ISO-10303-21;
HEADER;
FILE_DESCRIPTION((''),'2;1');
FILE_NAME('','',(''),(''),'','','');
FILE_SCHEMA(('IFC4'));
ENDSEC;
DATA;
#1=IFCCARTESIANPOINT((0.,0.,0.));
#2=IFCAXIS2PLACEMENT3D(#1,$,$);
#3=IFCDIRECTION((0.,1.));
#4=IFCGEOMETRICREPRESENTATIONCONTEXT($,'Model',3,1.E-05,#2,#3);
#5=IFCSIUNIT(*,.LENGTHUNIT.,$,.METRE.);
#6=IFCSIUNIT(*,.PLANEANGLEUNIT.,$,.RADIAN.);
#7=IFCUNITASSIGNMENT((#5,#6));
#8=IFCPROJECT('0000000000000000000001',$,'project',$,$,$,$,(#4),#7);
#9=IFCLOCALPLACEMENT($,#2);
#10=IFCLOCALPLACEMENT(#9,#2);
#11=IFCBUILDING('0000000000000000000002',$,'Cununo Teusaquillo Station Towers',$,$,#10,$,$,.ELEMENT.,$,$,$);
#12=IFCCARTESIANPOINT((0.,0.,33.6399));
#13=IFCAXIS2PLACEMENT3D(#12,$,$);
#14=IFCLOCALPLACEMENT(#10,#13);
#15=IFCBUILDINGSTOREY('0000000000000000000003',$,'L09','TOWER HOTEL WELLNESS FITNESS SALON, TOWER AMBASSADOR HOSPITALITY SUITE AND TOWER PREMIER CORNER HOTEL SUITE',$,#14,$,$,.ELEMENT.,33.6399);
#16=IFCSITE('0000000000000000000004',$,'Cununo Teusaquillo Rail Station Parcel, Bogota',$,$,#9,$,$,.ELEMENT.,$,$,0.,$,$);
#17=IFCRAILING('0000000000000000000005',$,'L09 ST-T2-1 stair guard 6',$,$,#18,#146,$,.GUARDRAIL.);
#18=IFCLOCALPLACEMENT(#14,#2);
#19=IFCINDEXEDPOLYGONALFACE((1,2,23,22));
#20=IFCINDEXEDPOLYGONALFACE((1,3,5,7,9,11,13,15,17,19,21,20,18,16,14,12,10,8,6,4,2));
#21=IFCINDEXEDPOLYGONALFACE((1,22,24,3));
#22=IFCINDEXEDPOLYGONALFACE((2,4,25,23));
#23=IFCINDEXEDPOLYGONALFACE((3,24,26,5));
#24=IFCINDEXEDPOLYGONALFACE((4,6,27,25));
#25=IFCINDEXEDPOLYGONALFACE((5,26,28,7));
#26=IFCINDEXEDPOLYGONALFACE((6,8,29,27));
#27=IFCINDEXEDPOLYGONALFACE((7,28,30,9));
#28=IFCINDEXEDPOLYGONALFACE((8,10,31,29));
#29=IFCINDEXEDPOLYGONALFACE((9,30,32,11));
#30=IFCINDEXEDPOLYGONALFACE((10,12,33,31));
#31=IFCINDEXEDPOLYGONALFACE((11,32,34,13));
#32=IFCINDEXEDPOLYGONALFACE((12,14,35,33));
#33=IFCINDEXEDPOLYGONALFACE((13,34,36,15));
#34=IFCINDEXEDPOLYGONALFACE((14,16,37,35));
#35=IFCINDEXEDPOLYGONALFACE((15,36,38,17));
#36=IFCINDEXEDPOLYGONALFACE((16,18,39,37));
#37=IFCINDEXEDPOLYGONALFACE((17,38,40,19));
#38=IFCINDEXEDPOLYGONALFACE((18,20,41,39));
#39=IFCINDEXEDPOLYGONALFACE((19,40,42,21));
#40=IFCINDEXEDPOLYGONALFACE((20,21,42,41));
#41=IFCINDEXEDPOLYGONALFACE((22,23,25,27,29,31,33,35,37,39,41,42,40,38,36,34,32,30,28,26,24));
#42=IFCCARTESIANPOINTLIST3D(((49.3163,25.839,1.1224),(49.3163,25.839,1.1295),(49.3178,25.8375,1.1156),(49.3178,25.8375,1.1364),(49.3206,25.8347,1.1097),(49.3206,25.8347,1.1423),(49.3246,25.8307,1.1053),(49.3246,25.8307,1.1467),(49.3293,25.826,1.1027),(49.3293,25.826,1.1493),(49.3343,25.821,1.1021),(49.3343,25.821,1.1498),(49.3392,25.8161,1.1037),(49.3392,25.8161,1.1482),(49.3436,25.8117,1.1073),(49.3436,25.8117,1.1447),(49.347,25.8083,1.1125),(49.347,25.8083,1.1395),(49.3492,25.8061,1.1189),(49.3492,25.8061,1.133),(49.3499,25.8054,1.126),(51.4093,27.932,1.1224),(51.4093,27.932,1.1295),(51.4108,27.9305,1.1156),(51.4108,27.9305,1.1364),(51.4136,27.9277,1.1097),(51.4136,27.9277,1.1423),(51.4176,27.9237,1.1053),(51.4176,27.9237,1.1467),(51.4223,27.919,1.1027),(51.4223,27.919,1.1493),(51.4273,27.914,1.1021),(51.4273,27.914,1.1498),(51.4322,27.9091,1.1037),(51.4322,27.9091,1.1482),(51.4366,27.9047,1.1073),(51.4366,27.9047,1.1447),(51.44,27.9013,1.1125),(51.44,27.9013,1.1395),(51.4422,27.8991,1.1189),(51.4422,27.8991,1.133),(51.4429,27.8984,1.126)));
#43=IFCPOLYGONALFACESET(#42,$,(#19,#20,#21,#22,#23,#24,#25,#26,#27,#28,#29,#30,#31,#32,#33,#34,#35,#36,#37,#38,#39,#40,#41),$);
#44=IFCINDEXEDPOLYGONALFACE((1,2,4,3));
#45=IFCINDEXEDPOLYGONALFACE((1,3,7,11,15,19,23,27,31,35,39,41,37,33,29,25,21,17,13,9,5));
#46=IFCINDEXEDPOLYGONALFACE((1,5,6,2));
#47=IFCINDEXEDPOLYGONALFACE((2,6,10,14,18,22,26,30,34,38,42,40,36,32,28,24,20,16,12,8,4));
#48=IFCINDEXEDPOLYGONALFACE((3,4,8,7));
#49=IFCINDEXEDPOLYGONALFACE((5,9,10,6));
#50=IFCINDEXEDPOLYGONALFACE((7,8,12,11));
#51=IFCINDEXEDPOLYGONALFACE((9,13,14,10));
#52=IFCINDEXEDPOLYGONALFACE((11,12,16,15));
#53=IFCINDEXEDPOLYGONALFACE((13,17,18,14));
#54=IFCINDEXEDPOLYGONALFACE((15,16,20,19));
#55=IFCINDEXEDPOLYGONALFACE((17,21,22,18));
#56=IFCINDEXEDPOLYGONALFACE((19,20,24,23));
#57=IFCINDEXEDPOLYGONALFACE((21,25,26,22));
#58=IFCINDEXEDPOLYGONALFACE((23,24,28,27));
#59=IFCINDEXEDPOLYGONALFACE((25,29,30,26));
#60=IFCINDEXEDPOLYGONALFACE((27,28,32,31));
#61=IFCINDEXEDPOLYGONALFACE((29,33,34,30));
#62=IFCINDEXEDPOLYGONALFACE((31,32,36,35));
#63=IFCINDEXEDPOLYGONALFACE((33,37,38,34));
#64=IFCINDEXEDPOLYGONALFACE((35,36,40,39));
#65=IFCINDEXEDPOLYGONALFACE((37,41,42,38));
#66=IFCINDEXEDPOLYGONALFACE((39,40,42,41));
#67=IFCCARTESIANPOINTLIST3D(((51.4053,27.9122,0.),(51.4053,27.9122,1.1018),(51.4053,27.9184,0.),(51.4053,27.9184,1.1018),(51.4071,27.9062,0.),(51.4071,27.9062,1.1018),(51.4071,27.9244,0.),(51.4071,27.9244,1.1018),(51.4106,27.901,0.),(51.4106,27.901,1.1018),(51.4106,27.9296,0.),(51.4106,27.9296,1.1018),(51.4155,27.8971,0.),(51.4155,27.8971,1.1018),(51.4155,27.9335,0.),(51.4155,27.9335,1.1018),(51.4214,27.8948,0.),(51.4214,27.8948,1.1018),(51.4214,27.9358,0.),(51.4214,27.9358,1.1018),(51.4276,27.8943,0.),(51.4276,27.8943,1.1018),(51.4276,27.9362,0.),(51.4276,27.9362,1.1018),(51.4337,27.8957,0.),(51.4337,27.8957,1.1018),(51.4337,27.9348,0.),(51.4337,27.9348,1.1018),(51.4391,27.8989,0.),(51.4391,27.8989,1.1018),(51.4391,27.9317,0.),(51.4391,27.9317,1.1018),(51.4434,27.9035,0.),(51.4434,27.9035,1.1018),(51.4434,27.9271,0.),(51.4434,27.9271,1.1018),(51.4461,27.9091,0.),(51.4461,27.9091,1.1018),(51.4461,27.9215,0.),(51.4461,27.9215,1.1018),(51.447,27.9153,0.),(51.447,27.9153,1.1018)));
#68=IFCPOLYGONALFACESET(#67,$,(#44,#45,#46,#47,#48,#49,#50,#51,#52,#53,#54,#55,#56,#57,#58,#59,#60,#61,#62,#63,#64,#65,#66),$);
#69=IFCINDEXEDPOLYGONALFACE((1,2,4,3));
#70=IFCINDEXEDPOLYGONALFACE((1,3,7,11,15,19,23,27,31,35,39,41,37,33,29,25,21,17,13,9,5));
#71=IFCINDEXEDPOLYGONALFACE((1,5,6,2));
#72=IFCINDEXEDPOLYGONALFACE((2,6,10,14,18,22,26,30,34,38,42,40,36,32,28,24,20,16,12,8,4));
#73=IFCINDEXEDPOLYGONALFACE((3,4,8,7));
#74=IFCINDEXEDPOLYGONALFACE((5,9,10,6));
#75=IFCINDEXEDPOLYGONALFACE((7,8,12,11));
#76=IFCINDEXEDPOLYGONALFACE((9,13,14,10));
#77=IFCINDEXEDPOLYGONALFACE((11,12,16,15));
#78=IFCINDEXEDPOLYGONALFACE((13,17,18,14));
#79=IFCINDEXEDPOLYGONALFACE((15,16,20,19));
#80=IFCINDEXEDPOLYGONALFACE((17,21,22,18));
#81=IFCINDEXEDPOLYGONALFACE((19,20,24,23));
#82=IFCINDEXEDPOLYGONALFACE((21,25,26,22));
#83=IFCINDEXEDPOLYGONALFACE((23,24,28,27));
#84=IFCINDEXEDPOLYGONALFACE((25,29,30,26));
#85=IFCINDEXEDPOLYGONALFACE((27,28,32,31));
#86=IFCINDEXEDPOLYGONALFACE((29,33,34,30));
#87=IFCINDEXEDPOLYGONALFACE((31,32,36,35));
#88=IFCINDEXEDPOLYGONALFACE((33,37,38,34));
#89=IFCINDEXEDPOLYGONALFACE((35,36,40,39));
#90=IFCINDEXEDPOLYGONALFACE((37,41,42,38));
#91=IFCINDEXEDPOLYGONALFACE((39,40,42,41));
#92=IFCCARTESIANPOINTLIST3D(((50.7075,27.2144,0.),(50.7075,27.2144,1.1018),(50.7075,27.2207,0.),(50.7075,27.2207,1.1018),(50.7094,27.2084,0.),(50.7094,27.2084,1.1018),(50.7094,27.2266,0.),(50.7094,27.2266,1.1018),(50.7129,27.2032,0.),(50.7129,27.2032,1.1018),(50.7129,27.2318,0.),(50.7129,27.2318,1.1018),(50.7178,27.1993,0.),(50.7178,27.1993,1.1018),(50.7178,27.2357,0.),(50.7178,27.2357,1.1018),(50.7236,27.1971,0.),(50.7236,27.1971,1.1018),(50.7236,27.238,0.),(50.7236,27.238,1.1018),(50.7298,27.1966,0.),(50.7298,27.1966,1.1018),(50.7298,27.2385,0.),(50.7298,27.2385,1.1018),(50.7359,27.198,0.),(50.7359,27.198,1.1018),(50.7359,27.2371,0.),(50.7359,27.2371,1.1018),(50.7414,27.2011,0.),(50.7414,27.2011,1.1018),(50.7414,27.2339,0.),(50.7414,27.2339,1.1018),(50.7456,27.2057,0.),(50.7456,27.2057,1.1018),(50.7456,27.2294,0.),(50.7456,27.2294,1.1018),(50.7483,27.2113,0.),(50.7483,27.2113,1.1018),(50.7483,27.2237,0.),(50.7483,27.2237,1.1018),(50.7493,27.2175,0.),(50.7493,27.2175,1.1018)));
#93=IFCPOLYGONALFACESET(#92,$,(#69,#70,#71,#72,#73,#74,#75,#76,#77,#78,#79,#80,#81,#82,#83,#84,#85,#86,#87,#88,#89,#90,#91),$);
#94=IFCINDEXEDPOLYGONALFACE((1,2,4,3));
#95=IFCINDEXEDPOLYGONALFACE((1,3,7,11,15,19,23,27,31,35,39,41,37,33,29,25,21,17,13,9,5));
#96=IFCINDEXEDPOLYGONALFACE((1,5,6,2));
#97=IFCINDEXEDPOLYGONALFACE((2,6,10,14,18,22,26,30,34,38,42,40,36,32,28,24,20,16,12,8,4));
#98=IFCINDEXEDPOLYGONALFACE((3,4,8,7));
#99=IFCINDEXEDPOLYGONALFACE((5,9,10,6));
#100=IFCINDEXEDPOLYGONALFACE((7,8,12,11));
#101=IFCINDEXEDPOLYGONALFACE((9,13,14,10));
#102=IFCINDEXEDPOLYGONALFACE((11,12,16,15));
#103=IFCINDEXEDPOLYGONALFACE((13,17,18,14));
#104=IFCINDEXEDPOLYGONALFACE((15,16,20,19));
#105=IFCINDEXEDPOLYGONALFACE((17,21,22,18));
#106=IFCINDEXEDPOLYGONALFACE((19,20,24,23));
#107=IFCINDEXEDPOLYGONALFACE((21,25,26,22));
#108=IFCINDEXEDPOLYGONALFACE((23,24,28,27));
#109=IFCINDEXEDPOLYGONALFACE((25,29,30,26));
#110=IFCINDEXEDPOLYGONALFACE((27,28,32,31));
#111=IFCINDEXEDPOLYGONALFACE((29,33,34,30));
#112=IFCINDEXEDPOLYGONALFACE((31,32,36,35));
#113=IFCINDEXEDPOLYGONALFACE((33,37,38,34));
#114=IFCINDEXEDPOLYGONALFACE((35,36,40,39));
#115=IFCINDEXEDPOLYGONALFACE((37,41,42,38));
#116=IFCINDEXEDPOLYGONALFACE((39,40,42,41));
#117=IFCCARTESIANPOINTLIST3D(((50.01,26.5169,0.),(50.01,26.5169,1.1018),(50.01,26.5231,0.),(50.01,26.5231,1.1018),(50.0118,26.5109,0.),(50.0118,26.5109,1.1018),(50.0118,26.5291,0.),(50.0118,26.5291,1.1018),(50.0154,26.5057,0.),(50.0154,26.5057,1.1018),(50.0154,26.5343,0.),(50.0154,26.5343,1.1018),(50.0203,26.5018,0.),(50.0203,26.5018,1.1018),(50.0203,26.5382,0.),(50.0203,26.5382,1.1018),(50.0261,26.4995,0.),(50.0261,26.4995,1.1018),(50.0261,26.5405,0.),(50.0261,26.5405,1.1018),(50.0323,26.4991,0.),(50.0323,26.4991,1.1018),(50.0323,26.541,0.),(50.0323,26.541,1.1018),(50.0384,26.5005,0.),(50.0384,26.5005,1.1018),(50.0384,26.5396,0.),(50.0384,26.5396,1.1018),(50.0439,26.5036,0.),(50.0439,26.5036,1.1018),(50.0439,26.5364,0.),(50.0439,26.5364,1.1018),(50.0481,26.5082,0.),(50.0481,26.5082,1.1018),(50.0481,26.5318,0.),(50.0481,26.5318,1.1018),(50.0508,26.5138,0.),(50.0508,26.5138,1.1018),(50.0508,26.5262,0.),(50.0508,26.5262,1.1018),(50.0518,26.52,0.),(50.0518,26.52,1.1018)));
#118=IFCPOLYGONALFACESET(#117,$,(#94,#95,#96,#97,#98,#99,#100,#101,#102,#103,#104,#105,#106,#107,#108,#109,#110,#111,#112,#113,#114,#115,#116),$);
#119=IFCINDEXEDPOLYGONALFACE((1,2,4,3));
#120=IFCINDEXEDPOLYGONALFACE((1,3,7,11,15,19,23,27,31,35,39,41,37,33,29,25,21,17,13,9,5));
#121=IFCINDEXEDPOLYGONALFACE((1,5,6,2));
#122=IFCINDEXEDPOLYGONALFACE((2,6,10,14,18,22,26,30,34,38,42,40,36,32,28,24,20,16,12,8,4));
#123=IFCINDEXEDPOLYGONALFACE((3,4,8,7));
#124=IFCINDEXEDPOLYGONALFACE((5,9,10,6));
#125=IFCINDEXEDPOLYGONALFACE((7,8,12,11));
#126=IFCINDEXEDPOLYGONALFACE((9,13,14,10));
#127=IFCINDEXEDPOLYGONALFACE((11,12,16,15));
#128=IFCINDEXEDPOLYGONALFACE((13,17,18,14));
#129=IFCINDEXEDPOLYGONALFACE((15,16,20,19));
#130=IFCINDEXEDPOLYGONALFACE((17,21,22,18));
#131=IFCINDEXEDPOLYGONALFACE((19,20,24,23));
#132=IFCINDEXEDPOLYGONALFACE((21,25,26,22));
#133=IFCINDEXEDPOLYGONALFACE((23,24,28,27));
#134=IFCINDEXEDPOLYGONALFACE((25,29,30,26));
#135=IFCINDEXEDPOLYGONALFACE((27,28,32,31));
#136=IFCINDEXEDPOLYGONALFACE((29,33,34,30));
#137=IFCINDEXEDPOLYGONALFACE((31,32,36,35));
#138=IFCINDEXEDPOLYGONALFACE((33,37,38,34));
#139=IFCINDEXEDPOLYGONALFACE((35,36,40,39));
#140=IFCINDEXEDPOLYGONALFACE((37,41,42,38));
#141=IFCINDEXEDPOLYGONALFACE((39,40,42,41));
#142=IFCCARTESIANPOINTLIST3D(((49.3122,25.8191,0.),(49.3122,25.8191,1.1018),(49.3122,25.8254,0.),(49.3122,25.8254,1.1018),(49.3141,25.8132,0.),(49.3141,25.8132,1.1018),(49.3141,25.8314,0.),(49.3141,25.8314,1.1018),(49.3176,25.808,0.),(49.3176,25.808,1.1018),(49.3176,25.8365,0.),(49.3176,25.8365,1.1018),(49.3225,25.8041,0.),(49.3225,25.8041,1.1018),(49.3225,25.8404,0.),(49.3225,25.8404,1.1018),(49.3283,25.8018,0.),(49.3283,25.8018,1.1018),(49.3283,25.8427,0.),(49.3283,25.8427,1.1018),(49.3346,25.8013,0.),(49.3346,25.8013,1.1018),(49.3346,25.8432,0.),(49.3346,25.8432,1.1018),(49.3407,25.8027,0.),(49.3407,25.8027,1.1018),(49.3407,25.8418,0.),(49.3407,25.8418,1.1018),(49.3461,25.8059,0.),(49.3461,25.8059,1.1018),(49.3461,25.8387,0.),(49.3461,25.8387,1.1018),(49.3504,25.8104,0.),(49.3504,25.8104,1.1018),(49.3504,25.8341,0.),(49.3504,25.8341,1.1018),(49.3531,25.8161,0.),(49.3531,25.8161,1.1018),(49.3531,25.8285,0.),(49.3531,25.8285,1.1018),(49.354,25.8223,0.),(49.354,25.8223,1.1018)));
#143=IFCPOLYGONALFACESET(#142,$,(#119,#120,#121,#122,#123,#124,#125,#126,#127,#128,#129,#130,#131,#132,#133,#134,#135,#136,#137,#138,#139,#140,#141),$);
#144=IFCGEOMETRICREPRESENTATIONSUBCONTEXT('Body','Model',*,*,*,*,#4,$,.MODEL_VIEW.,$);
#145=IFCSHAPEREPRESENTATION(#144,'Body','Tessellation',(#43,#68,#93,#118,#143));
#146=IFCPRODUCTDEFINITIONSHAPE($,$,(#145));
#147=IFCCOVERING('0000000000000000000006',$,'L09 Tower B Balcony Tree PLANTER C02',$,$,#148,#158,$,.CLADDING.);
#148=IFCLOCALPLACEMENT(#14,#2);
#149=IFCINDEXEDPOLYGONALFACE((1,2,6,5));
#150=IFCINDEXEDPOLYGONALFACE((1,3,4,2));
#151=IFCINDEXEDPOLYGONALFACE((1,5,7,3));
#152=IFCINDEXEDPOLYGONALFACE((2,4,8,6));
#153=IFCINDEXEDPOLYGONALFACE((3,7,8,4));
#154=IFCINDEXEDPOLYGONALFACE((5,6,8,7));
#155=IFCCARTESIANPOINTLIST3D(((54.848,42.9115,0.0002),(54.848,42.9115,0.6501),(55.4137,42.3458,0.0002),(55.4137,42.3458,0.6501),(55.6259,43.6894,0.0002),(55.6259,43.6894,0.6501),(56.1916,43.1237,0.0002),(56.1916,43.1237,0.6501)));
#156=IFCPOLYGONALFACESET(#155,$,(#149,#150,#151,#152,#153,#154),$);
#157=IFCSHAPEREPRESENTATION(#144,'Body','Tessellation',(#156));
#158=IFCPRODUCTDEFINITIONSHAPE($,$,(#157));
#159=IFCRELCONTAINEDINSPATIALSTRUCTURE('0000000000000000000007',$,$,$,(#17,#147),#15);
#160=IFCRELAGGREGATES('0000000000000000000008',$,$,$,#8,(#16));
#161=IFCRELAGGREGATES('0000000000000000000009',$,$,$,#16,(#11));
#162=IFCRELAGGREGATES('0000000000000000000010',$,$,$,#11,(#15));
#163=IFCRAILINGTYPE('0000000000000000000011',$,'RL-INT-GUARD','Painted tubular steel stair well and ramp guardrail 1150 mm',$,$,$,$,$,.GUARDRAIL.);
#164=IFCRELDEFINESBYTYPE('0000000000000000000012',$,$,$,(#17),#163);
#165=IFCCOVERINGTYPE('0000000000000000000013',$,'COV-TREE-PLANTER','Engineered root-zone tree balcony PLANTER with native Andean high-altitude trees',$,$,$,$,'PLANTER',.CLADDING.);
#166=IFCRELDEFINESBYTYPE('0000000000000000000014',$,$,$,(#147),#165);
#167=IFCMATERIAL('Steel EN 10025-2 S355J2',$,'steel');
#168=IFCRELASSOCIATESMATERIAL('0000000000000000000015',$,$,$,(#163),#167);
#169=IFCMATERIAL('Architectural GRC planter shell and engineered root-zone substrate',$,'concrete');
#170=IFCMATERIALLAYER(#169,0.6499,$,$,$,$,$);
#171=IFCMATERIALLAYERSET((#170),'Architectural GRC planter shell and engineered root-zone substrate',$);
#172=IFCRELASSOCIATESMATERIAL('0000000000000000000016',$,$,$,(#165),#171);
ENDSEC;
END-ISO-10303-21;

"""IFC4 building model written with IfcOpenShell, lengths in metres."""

from ifc_helpers import new_model, si_unit, direction, frame, origin, origin_2d, place, context, subcontext, project, spatial, rectangle, circle, extrude, source, transform, mapped, material, layer, layer_set, type_object, element, save


model = new_model("IFC4")

# Units and contexts
model_context = context("Model", 3, precision=1e-05, world=origin(), true_north=direction((0.0, 1.0)))
body_context = subcontext(model_context, "Body", "Model", "MODEL_VIEW")
ifc_project = project(units=[si_unit("LENGTHUNIT", "METRE"), si_unit("PLANEANGLEUNIT", "RADIAN")], contexts=[model_context])

# Site, building, storey
site_placement = place(None, origin())
site = spatial("IfcSite", under=ifc_project, at=site_placement, Name="Cununo Teusaquillo Rail Station Parcel, Bogota", CompositionType="ELEMENT", RefElevation=0.0)
building_placement = place(site_placement, origin())
building = spatial("IfcBuilding", under=site, at=building_placement, Name="Cununo Teusaquillo Station Towers", CompositionType="ELEMENT")
storey_placement = place(building_placement, frame((0.0, 0.0, 33.6399)))
storey = spatial("IfcBuildingStorey", under=building, at=storey_placement, Name="L09", Description="TOWER HOTEL WELLNESS FITNESS SALON, TOWER AMBASSADOR HOSPITALITY SUITE AND TOWER PREMIER CORNER HOTEL SUITE", CompositionType="ELEMENT", Elevation=33.6399)

# Railing
ifc_material_1 = material(Name="Steel EN 10025-2 S355J2", Category="steel")
railing_type_1 = type_object("IfcRailingType", Name="RL-INT-GUARD", Description="Painted tubular steel stair well and ramp guardrail 1150 mm", PredefinedType="GUARDRAIL", material=ifc_material_1)
railing_1_placement = place(storey_placement, frame((51.426, 27.9153, 0.0)))
element("IfcRailing", 1, at=railing_1_placement, inside=storey, type_object=railing_type_1, Name="L09 ST-T2-1 stair guard 6", PredefinedType="GUARDRAIL", context=body_context, shape_type="SweptSolid", body=[
    extrude(circle(Radius=0.0239, at=origin_2d()), frame((0.0, 0.0, 1.126), z_axis=(-0.707107, -0.707107, 0.0), x_axis=(0.707107, -0.707107, 0.0)), (0.0, 0.0, 1.0), 2.96),
    extrude(circle(Radius=0.021, at=origin_2d()), origin(), (0.0, 0.0, 1.0), 1.1018),
    extrude(circle(Radius=0.021, at=origin_2d()), frame((-0.6978, -0.6978, 0.0)), (0.0, 0.0, 1.0), 1.1018),
    extrude(circle(Radius=0.021, at=origin_2d()), frame((-1.3953, -1.3953, 0.0)), (0.0, 0.0, 1.0), 1.1018),
    extrude(circle(Radius=0.021, at=origin_2d()), frame((-2.093, -2.093, 0.0)), (0.0, 0.0, 1.0), 1.1018),
])

# Covering
ifc_material_2 = material(Name="Architectural GRC planter shell and engineered root-zone substrate", Category="concrete")
ifc_layer_1 = layer(ifc_material_2, 0.6499)
ifc_layer_set_1 = layer_set([ifc_layer_1], Name="Architectural GRC planter shell and engineered root-zone substrate")
covering_type = type_object("IfcCoveringType", Name="COV-TREE-PLANTER", Description="Engineered root-zone tree balcony PLANTER with native Andean high-altitude trees", ElementType="PLANTER", PredefinedType="CLADDING", material=ifc_layer_set_1)
shared_shape_1 = source(origin(), body_context, "Body", "SweptSolid", [
    extrude(rectangle(XDim=1.1001, YDim=0.8, at=origin_2d()), origin(), (0.0, 0.0, 1.0), 0.6499),
])
covering_placement = place(storey_placement, frame((55.5198, 43.0176, 0.0002), z_axis=(0.0, 0.0, 1.0), x_axis=(0.707107, 0.707107, 0.0)))
element("IfcCovering", 2, at=covering_placement, inside=storey, type_object=covering_type, Name="L09 Tower B Balcony Tree PLANTER C02", PredefinedType="CLADDING", context=body_context, shape_type="MappedRepresentation", body=[
    mapped(shared_shape_1, transform((0.0, 0.0, 0.0), x_axis=(1.0, 0.0, 0.0), y_axis=(0.0, 1.0, 0.0), z_axis=(0.0, 0.0, 1.0), scale=1.0)),
])

save(model, "model.ifc")
